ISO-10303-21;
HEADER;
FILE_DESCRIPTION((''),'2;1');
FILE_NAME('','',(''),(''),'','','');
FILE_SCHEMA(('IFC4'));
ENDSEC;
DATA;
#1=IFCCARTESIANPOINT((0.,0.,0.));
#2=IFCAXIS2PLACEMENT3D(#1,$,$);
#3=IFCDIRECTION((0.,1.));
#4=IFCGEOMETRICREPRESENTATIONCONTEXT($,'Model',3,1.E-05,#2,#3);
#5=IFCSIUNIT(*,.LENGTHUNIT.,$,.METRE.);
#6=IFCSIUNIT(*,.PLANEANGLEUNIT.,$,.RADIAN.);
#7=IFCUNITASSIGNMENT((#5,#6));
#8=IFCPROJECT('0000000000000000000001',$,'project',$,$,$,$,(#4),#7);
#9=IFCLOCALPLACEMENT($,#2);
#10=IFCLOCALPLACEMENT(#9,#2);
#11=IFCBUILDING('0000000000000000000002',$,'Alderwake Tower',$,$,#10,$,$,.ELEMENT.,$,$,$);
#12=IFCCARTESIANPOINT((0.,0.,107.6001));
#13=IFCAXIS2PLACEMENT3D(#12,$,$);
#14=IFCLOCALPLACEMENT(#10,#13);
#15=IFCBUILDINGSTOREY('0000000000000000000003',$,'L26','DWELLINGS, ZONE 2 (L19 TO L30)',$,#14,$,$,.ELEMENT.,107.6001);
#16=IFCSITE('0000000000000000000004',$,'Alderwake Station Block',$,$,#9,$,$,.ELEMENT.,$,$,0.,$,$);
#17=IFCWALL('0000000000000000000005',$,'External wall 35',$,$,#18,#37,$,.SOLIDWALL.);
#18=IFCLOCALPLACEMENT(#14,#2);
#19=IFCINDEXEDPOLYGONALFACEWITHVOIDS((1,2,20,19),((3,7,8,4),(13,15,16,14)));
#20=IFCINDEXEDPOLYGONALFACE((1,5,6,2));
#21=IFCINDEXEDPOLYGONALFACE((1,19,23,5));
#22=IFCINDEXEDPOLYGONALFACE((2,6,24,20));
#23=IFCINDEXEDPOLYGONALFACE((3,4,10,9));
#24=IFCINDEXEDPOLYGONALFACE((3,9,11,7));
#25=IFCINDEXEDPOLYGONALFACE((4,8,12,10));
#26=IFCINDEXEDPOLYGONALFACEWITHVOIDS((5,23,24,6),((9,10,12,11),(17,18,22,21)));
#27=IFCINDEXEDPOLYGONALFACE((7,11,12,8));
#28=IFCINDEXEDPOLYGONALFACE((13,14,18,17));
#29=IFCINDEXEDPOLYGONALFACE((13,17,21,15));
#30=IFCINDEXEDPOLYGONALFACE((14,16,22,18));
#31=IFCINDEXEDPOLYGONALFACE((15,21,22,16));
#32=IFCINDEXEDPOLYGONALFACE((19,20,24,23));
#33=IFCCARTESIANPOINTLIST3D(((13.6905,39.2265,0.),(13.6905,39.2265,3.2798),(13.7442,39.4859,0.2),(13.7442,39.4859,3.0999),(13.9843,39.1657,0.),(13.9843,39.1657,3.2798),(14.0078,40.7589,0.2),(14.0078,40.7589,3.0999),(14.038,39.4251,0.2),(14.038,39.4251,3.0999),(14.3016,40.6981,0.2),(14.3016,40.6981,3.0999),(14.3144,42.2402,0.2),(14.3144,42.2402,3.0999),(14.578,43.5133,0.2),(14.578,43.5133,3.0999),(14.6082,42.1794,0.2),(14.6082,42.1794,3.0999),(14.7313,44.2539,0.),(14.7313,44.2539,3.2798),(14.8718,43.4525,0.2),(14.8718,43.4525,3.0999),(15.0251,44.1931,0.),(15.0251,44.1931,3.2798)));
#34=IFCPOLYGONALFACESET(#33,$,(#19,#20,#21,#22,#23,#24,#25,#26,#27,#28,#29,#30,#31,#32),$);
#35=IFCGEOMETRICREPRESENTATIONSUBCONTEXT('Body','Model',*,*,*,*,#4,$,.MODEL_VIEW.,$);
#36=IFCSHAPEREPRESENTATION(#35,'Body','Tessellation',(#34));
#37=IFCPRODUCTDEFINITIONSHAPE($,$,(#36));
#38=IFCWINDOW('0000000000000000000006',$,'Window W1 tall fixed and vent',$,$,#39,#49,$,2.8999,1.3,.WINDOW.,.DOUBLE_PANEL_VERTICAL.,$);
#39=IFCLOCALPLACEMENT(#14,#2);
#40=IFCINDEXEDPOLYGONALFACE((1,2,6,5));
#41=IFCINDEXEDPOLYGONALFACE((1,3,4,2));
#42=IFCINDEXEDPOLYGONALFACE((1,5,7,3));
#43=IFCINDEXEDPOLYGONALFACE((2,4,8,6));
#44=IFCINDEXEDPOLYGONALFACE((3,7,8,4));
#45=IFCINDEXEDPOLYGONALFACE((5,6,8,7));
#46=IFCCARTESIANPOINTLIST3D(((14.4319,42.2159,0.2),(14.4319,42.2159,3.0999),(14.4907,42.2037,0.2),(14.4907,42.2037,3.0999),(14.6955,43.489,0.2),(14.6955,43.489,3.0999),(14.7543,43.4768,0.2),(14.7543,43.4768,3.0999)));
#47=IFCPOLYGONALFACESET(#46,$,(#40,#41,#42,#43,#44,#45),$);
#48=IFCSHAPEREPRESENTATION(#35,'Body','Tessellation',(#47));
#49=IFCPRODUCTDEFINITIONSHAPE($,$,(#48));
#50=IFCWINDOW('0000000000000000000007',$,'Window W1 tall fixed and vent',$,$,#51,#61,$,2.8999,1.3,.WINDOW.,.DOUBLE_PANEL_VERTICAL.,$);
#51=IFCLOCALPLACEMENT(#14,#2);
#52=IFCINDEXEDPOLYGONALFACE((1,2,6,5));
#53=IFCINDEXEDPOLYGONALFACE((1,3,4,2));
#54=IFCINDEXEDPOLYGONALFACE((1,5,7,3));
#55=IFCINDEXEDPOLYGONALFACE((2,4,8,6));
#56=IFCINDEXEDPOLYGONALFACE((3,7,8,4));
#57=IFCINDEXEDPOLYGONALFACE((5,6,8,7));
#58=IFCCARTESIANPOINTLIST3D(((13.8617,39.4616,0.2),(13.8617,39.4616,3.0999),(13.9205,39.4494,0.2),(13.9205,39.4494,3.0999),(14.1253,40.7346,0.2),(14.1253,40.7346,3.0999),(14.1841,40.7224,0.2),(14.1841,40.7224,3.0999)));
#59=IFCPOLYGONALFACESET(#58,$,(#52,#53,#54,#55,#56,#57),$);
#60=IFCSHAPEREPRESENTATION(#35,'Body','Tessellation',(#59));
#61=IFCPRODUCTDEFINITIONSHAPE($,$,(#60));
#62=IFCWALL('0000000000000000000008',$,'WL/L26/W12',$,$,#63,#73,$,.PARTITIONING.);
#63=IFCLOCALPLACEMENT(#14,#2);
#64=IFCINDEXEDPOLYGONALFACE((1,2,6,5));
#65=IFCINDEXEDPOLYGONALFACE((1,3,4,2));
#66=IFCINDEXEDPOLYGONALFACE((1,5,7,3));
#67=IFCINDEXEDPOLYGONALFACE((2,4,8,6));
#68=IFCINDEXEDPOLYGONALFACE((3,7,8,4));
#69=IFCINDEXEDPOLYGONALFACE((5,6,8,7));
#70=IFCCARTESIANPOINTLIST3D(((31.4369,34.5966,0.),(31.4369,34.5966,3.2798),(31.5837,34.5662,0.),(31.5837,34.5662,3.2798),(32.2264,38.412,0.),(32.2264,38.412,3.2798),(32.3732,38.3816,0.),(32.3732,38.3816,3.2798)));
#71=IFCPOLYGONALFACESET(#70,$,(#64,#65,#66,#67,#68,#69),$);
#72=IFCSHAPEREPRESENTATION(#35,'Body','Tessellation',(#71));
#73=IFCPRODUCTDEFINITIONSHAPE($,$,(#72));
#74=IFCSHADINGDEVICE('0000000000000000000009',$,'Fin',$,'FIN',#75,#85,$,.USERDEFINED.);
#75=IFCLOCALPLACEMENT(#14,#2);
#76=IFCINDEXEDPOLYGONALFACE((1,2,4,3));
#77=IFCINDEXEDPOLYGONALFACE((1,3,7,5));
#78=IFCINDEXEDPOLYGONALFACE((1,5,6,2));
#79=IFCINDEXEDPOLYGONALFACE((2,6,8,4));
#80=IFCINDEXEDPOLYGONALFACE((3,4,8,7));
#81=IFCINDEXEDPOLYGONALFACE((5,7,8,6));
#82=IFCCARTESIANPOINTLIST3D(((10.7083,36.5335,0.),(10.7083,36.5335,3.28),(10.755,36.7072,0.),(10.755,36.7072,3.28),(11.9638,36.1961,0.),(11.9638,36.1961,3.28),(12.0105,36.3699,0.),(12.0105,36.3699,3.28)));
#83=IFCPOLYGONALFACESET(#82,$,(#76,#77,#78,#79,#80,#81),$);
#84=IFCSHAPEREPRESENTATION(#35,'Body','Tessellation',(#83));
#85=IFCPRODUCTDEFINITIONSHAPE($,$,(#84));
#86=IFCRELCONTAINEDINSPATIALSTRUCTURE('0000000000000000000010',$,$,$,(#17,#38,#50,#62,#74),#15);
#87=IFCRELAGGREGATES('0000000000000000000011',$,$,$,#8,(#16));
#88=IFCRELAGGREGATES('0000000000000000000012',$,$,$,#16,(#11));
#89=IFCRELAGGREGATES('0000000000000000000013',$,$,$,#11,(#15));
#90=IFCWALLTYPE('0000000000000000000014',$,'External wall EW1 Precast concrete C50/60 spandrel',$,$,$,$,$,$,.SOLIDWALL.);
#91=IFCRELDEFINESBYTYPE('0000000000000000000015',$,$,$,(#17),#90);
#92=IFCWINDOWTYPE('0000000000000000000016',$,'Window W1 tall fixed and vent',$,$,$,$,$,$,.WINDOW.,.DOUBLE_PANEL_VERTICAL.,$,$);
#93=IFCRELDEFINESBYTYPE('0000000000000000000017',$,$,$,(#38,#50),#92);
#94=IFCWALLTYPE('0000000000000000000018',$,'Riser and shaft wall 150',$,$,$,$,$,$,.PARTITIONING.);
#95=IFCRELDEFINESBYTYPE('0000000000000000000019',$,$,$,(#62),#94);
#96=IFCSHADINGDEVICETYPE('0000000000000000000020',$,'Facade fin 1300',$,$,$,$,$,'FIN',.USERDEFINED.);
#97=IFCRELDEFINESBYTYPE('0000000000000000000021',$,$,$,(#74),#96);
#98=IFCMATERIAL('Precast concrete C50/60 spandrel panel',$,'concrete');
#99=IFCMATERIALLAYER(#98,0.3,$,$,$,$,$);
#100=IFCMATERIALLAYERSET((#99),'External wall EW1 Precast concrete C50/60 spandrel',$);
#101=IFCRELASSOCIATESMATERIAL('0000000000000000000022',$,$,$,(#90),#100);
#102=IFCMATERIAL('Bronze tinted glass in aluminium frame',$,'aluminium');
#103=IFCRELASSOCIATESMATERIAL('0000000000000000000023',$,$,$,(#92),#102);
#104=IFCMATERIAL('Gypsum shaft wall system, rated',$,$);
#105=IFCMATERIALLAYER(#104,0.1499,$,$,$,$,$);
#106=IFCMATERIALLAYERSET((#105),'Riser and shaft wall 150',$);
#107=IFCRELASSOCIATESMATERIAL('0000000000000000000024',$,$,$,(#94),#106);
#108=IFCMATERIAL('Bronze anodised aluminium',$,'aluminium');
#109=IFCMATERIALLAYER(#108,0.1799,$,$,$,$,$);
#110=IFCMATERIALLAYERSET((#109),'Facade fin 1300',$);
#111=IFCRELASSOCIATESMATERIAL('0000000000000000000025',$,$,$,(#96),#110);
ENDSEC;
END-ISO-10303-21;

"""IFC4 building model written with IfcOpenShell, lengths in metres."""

from ifc_helpers import new_model, si_unit, direction, frame, frame_2d, origin, origin_2d, place, context, subcontext, project, spatial, rectangle, extrude, material, layer, layer_set, type_object, element, fill, save


model = new_model("IFC4")

# Units and contexts
model_context = context("Model", 3, precision=1e-05, world=origin(), true_north=direction((0.0, 1.0)))
body_context = subcontext(model_context, "Body", "Model", "MODEL_VIEW")
ifc_project = project(units=[si_unit("LENGTHUNIT", "METRE"), si_unit("PLANEANGLEUNIT", "RADIAN")], contexts=[model_context])

# Site, building, storey
site_placement = place(None, origin())
site = spatial("IfcSite", under=ifc_project, at=site_placement, Name="Alderwake Station Block", CompositionType="ELEMENT", RefElevation=0.0)
building_placement = place(site_placement, origin())
building = spatial("IfcBuilding", under=site, at=building_placement, Name="Alderwake Tower", CompositionType="ELEMENT")
storey_placement = place(building_placement, frame((0.0, 0.0, 107.6001)))
storey = spatial("IfcBuildingStorey", under=building, at=storey_placement, Name="L26", Description="DWELLINGS, ZONE 2 (L19 TO L30)", CompositionType="ELEMENT", Elevation=107.6001)

# Wall, openings, windows
ifc_material_1 = material(Name="Precast concrete C50/60 spandrel panel", Category="concrete")
ifc_layer_1 = layer(ifc_material_1, 0.3)
ifc_layer_set_1 = layer_set([ifc_layer_1], Name="External wall EW1 Precast concrete C50/60 spandrel")
wall_type_1 = type_object("IfcWallType", Name="External wall EW1 Precast concrete C50/60 spandrel", PredefinedType="SOLIDWALL", material=ifc_layer_set_1)
wall_1_placement = place(storey_placement, frame((14.8782, 44.2234, 0.0), z_axis=(0.0, 0.0, 1.0), x_axis=(-0.202724, -0.979236, 0.0)))
wall_1 = element("IfcWall", 1, at=wall_1_placement, inside=storey, type_object=wall_type_1, Name="External wall 35", PredefinedType="SOLIDWALL", context=body_context, shape_type="SweptSolid", body=[
    extrude(rectangle(XDim=5.134, YDim=0.3, at=frame_2d((2.5669, 0.0))), origin(), (0.0, 0.0, 1.0), 3.2798),
])
opening_1_placement = place(wall_1_placement, frame((0.7563, 0.0, 0.2)))
opening_1 = element("IfcOpeningElement", 2, at=opening_1_placement, cuts=wall_1, PredefinedType="OPENING", context=body_context, shape_type="SweptSolid", body=[
    extrude(rectangle(XDim=1.3, YDim=2.8999, at=frame_2d((0.6499, 1.45))), frame((0.0, 0.1599, 0.0), z_axis=(0.0, -1.0, 0.0), x_axis=(1.0, 0.0, 0.0)), (0.0, 0.0, 1.0), 0.3201),
])
opening_2_placement = place(wall_1_placement, frame((3.5691, 0.0, 0.2)))
opening_2 = element("IfcOpeningElement", 3, at=opening_2_placement, cuts=wall_1, PredefinedType="OPENING", context=body_context, shape_type="SweptSolid", body=[
    extrude(rectangle(XDim=1.3, YDim=2.8999, at=frame_2d((0.6499, 1.45))), frame((0.0, 0.1599, 0.0), z_axis=(0.0, -1.0, 0.0), x_axis=(1.0, 0.0, 0.0)), (0.0, 0.0, 1.0), 0.3201),
])
ifc_material_2 = material(Name="Bronze tinted glass in aluminium frame", Category="aluminium")
window_type = type_object("IfcWindowType", Name="Window W1 tall fixed and vent", PartitioningType="DOUBLE_PANEL_VERTICAL", PredefinedType="WINDOW", material=ifc_material_2)
window_1_placement = place(opening_1_placement, origin())
window_1 = element("IfcWindow", 4, at=window_1_placement, inside=storey, type_object=window_type, Name="Window W1 tall fixed and vent", OverallHeight=2.8999, OverallWidth=1.3, PartitioningType="DOUBLE_PANEL_VERTICAL", PredefinedType="WINDOW", context=body_context, shape_type="SweptSolid", body=[
    extrude(rectangle(XDim=1.3, YDim=2.8999, at=frame_2d((0.6499, 1.45))), frame((0.0, 0.03, 0.0), z_axis=(0.0, -1.0, 0.0), x_axis=(1.0, 0.0, 0.0)), (0.0, 0.0, 1.0), 0.0601),
])
fill(opening_1, window_1)
window_2_placement = place(opening_2_placement, origin())
window_2 = element("IfcWindow", 5, at=window_2_placement, inside=storey, type_object=window_type, Name="Window W1 tall fixed and vent", OverallHeight=2.8999, OverallWidth=1.3, PartitioningType="DOUBLE_PANEL_VERTICAL", PredefinedType="WINDOW", context=body_context, shape_type="SweptSolid", body=[
    extrude(rectangle(XDim=1.3, YDim=2.8999, at=frame_2d((0.6499, 1.45))), frame((0.0, 0.03, 0.0), z_axis=(0.0, -1.0, 0.0), x_axis=(1.0, 0.0, 0.0)), (0.0, 0.0, 1.0), 0.0601),
])
fill(opening_2, window_2)

# Wall
ifc_material_3 = material(Name="Gypsum shaft wall system, rated")
ifc_layer_2 = layer(ifc_material_3, 0.1499)
ifc_layer_set_2 = layer_set([ifc_layer_2], Name="Riser and shaft wall 150")
wall_type_2 = type_object("IfcWallType", Name="Riser and shaft wall 150", PredefinedType="PARTITIONING", material=ifc_layer_set_2)
wall_2_placement = place(storey_placement, frame((31.5103, 34.5813, 0.0), z_axis=(0.0, 0.0, 1.0), x_axis=(0.202643, 0.979253, 0.0)))
element("IfcWall", 6, at=wall_2_placement, inside=storey, type_object=wall_type_2, Name="WL/L26/W12", PredefinedType="PARTITIONING", context=body_context, shape_type="SweptSolid", body=[
    extrude(rectangle(XDim=3.8962, YDim=0.1499, at=frame_2d((1.9482, 0.0))), origin(), (0.0, 0.0, 1.0), 3.2798),
])

# Shading device
ifc_material_4 = material(Name="Bronze anodised aluminium", Category="aluminium")
ifc_layer_3 = layer(ifc_material_4, 0.1799)
ifc_layer_set_3 = layer_set([ifc_layer_3], Name="Facade fin 1300")
shading_device_type = type_object("IfcShadingDeviceType", Name="Facade fin 1300", ElementType="FIN", PredefinedType="USERDEFINED", material=ifc_layer_set_3)
shading_device_placement = place(storey_placement, frame((11.3594, 36.4517, 0.0), z_axis=(0.0, 0.0, 1.0), x_axis=(0.965744, -0.259495, 0.0)))
element("IfcShadingDevice", 7, at=shading_device_placement, inside=storey, type_object=shading_device_type, Name="Fin", ObjectType="FIN", PredefinedType="USERDEFINED", context=body_context, shape_type="SweptSolid", body=[
    extrude(rectangle(XDim=1.3, YDim=0.1799, at=origin_2d()), origin(), (0.0, 0.0, 1.0), 3.28),
])

save(model, "model.ifc")
